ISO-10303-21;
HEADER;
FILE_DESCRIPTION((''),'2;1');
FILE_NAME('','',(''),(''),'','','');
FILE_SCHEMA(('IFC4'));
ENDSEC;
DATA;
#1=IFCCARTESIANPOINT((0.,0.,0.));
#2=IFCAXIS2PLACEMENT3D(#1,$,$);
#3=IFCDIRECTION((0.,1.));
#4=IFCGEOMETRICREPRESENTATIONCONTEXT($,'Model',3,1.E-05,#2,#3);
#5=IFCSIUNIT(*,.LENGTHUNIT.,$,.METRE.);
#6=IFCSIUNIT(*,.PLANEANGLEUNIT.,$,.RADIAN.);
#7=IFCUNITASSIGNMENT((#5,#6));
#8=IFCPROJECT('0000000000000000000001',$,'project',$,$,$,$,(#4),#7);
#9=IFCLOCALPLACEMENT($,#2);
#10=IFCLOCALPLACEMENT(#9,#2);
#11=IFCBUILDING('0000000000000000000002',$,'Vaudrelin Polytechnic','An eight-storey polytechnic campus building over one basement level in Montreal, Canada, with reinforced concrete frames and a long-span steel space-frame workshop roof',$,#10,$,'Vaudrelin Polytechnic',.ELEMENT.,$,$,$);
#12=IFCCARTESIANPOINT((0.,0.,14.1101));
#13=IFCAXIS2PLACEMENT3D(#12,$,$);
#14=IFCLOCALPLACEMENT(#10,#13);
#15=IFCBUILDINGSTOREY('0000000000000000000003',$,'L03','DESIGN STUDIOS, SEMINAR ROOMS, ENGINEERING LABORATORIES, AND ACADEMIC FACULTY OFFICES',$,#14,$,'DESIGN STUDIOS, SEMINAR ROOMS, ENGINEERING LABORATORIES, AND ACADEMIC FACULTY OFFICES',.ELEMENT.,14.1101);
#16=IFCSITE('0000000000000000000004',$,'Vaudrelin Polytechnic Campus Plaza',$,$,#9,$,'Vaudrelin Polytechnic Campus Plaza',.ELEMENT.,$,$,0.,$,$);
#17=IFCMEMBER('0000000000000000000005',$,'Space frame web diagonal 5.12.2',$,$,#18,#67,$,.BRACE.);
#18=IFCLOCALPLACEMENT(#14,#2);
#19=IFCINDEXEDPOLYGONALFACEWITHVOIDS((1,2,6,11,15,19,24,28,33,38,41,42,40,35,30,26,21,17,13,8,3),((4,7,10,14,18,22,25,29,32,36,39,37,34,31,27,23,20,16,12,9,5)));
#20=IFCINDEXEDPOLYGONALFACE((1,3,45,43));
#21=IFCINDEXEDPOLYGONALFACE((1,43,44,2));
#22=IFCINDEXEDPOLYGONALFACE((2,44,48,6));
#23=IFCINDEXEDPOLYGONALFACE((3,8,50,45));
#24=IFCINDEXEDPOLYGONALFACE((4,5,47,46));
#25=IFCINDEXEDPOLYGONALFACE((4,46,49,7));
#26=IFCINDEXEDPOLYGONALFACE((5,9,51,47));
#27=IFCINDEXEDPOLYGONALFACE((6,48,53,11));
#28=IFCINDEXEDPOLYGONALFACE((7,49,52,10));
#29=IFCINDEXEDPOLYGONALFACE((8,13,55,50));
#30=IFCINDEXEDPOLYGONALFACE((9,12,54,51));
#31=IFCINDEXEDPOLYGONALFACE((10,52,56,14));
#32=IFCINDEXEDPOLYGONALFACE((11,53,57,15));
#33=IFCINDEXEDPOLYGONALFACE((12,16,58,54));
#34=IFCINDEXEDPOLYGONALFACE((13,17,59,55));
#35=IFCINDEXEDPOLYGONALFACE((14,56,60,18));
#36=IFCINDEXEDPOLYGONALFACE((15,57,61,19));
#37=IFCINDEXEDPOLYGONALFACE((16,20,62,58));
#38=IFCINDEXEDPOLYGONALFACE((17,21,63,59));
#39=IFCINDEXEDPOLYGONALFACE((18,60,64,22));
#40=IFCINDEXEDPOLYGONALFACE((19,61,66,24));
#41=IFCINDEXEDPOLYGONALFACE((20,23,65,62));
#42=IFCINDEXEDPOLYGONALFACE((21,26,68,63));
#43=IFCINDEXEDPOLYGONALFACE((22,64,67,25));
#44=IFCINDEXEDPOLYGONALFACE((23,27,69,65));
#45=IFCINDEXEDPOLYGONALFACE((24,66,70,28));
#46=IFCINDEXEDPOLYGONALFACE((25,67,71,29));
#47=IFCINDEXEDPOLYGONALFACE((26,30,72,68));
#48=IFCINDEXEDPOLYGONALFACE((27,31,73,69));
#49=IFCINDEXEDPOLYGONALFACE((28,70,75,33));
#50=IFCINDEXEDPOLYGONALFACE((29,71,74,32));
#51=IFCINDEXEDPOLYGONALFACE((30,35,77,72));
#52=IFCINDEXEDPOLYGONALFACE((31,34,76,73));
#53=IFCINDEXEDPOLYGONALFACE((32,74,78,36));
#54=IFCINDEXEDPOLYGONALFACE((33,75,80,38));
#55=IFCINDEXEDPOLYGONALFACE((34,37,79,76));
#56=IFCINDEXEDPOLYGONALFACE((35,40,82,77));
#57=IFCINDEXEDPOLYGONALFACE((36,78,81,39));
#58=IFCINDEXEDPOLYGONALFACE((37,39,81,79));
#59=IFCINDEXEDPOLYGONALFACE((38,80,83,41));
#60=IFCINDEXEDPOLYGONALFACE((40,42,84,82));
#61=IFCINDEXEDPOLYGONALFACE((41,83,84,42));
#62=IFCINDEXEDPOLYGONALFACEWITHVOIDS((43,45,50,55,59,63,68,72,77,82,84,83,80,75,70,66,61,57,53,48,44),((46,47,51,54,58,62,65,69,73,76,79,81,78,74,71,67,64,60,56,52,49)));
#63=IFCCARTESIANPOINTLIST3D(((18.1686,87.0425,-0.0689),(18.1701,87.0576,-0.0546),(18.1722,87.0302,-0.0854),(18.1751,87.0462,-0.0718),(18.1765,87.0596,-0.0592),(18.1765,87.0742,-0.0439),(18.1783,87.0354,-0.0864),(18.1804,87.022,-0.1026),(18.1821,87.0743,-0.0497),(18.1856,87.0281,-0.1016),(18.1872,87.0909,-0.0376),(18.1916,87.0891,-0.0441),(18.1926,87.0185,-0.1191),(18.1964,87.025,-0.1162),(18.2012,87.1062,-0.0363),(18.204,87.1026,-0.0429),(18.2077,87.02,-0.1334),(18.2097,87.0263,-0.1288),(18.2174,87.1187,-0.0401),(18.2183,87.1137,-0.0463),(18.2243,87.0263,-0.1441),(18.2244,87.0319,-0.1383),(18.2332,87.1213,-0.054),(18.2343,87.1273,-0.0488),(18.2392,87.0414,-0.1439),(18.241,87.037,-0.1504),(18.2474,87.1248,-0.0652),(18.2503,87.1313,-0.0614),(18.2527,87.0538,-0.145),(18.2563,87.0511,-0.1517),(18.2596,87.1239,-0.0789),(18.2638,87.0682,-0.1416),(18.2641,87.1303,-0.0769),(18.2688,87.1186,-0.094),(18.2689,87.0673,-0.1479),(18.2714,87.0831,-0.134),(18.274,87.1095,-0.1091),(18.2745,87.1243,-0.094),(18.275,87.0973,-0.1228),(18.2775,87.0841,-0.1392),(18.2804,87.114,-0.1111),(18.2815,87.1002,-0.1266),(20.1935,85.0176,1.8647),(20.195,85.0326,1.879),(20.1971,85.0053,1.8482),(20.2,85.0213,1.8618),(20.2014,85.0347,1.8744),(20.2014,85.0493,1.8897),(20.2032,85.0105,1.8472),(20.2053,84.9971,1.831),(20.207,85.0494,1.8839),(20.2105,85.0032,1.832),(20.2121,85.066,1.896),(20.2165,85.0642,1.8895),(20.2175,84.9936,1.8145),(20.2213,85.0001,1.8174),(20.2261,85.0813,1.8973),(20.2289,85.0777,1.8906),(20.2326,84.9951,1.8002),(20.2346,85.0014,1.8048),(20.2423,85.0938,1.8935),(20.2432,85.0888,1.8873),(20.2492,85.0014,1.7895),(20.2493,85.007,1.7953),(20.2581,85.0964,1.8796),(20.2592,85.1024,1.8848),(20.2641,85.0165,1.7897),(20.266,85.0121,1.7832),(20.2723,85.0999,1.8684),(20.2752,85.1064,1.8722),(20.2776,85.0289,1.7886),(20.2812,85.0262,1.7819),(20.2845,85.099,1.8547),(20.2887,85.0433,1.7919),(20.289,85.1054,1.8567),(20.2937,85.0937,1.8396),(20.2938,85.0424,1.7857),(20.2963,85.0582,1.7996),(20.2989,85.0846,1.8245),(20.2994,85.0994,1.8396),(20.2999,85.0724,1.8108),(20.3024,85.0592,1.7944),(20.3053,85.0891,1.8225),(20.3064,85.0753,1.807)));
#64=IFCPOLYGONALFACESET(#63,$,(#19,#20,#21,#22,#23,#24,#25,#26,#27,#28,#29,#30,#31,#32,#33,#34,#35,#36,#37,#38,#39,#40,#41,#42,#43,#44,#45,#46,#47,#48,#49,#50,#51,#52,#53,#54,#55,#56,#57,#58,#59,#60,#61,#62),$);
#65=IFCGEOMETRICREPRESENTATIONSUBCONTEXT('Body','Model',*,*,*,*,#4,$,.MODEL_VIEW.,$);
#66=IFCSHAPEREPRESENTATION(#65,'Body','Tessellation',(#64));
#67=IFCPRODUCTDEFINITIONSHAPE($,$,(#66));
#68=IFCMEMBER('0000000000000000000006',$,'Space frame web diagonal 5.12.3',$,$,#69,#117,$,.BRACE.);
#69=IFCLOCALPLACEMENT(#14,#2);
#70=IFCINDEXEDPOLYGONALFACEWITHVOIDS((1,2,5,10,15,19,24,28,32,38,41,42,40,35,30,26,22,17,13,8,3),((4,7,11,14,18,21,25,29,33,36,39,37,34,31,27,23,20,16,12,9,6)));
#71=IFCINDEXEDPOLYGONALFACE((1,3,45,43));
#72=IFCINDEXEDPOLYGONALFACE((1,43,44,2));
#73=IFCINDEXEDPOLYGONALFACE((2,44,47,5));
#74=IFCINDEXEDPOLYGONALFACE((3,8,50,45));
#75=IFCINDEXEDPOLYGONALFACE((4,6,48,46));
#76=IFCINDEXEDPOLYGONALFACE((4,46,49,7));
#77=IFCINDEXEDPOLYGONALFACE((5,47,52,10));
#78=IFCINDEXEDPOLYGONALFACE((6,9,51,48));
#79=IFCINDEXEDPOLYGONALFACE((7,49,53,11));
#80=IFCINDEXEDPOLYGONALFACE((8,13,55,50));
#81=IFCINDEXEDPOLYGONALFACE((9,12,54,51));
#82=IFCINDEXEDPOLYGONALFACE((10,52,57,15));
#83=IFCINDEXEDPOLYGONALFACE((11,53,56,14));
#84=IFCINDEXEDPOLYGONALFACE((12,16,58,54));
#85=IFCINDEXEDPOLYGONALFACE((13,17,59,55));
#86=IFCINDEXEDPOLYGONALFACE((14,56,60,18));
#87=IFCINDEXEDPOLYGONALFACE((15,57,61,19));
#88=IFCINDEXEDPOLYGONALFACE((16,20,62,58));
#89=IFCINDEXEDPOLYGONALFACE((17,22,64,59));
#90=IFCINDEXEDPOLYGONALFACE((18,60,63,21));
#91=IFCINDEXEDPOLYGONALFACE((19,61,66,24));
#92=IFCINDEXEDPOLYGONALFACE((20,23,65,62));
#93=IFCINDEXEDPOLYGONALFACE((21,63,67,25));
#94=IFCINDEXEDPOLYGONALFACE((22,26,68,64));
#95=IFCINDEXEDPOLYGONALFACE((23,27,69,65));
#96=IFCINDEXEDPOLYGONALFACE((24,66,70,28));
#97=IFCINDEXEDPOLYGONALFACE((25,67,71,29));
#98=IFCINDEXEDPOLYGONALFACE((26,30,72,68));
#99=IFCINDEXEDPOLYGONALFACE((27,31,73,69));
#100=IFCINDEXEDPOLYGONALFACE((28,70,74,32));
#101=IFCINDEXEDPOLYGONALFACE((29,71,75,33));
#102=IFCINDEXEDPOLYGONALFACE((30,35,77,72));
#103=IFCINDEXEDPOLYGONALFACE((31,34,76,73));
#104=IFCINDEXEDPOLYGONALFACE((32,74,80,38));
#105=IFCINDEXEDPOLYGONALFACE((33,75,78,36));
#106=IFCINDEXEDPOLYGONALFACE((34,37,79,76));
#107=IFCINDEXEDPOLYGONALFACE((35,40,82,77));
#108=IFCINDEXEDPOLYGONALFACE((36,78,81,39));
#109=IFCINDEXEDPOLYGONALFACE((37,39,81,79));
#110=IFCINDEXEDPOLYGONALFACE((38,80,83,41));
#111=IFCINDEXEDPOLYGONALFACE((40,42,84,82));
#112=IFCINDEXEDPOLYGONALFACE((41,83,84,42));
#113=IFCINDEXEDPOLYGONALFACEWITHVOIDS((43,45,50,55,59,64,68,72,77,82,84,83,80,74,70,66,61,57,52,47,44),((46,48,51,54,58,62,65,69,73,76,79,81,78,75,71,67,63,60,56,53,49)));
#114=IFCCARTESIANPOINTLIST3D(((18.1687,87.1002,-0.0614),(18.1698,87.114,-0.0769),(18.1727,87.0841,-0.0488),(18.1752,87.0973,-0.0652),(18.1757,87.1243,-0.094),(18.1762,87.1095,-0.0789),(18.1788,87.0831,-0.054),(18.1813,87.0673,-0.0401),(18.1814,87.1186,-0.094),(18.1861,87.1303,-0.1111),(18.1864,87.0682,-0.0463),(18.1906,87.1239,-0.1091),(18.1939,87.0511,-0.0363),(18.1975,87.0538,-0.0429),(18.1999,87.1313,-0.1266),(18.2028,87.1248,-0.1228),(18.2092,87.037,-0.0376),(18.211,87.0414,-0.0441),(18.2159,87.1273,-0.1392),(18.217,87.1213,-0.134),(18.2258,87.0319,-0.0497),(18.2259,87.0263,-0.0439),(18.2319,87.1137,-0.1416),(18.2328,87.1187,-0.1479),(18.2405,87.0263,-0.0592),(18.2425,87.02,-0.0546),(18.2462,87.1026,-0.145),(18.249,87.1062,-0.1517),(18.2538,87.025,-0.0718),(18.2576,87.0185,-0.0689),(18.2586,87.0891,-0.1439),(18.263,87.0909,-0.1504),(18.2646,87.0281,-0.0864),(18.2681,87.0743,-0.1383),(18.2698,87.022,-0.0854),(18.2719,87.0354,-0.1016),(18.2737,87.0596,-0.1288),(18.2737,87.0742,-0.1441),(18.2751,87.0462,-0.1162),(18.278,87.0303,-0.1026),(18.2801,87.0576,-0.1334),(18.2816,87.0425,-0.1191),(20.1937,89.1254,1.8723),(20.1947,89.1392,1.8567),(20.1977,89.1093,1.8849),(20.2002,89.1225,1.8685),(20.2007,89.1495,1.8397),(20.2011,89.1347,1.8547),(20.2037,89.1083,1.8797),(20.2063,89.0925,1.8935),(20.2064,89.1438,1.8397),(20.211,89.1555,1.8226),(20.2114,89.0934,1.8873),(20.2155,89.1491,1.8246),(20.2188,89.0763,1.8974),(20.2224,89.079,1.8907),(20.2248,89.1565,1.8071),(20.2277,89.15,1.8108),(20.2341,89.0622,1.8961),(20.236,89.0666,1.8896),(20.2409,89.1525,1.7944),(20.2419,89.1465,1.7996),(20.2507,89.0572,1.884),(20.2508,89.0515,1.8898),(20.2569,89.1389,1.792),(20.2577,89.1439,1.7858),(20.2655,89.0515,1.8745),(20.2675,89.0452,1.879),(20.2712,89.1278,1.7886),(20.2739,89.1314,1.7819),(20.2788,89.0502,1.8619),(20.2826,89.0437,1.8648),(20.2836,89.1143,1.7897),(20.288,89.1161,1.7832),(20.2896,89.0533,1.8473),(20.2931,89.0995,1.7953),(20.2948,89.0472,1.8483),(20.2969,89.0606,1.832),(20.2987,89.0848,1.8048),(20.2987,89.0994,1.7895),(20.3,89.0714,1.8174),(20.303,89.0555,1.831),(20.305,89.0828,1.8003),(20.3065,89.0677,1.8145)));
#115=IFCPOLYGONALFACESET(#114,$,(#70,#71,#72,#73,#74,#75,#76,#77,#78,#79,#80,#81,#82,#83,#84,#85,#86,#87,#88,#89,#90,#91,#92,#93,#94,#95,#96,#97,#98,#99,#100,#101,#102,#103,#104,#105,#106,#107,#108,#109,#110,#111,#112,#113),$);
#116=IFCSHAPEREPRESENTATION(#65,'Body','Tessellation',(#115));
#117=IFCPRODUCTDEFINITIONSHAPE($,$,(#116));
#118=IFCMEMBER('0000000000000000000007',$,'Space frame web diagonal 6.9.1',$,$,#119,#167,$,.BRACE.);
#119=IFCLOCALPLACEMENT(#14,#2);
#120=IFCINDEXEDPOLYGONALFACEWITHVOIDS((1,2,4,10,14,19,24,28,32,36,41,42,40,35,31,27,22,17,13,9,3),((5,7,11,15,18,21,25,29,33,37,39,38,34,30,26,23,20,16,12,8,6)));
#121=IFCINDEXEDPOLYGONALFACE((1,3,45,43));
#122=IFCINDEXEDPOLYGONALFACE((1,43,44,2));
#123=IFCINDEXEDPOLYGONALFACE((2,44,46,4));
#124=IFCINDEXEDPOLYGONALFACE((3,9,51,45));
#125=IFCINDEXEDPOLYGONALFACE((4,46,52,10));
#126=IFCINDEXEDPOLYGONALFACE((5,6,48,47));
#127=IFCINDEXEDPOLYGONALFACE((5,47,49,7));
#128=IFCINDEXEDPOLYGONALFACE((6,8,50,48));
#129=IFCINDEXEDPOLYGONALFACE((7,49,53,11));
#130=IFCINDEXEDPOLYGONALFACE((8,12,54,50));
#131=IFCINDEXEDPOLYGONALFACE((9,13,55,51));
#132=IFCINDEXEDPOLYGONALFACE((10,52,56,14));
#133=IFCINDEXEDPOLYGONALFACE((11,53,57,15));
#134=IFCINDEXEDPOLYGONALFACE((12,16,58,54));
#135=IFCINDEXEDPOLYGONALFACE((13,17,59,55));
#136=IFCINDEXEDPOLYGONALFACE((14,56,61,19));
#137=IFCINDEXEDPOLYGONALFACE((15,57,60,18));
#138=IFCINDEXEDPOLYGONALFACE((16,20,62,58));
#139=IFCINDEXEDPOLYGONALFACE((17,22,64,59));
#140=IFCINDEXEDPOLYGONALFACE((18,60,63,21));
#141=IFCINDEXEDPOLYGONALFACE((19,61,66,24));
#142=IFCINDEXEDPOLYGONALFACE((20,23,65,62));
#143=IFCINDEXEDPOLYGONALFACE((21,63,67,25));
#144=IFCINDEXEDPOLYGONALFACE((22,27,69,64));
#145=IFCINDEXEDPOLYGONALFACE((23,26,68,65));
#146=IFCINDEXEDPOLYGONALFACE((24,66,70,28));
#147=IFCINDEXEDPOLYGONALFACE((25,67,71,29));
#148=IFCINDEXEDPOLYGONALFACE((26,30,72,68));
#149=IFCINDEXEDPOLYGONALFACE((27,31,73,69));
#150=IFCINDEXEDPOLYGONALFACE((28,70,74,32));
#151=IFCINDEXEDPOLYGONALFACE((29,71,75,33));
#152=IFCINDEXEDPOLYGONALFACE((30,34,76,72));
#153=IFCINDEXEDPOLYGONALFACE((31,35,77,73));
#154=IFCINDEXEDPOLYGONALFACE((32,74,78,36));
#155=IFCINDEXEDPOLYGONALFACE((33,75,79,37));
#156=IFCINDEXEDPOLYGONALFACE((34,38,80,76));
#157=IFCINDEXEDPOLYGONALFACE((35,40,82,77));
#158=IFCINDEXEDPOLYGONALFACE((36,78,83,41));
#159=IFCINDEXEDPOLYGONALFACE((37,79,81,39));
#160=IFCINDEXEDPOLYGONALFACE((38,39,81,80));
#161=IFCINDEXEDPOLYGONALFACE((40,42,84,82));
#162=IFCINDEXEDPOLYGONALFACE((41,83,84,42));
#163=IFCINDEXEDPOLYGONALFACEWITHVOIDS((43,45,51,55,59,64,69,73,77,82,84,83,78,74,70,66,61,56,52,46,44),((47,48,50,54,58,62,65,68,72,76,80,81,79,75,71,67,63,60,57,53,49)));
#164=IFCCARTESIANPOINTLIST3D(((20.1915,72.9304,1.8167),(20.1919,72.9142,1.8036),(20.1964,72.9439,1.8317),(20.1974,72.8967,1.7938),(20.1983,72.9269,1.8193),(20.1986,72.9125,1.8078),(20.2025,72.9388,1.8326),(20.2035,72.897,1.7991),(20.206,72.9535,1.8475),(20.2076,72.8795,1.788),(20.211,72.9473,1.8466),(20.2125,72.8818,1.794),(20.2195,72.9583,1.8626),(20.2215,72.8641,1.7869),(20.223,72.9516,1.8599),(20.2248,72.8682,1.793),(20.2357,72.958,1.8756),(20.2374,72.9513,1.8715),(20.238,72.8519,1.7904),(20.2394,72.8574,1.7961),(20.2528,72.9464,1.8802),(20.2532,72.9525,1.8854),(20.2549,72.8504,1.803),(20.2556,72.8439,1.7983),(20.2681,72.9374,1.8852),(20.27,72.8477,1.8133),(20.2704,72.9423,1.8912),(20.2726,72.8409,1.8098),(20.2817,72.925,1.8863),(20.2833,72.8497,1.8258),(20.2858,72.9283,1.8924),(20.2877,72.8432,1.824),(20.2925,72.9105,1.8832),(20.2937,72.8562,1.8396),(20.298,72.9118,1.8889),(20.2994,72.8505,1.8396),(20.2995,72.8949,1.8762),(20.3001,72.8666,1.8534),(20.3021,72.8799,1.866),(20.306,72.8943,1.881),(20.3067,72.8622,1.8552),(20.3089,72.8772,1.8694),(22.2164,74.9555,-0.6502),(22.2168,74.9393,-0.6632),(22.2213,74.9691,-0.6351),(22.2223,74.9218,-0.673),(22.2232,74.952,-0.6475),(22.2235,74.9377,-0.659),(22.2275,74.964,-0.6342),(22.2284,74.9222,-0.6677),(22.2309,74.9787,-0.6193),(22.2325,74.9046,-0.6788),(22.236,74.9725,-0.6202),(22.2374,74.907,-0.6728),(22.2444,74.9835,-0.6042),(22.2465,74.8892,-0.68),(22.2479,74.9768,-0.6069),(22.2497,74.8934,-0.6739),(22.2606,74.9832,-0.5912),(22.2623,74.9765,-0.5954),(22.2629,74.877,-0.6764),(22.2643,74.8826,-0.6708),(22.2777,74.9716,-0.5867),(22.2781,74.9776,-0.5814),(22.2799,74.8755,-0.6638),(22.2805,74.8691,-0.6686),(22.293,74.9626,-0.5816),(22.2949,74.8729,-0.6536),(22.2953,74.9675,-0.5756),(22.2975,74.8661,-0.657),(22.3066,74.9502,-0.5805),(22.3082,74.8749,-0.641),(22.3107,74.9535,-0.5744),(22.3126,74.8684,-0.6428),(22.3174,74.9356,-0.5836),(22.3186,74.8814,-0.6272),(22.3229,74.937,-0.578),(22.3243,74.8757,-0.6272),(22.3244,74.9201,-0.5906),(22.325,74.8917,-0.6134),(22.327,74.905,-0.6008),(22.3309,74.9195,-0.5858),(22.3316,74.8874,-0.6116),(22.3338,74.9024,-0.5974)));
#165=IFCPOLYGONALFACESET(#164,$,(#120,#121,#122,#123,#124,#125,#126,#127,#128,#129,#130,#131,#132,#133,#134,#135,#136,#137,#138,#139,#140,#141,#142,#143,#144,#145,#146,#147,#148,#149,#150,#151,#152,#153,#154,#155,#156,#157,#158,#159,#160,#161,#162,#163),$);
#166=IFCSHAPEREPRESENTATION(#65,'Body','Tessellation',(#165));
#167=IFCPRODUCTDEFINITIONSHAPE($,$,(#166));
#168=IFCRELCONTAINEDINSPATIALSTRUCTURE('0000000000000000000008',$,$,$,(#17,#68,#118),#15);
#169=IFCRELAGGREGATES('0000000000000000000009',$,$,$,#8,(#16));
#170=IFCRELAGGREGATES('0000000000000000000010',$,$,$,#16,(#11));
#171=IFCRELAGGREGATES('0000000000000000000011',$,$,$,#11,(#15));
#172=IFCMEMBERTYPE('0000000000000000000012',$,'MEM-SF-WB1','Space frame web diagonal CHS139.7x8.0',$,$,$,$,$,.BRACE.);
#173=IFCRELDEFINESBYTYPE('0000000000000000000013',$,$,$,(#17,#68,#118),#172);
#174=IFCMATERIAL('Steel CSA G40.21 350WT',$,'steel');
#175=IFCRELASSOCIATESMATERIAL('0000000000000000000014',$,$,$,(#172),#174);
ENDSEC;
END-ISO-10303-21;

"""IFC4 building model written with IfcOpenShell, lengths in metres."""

from ifc_helpers import new_model, si_unit, direction, frame, origin, origin_2d, place, context, subcontext, project, spatial, hollow_circle, extrude, material, material_profile, profile_set, type_object, element, save


model = new_model("IFC4")

# Units and contexts
model_context = context("Model", 3, precision=1e-05, world=origin(), true_north=direction((0.0, 1.0)))
body_context = subcontext(model_context, "Body", "Model", "MODEL_VIEW")
ifc_project = project(units=[si_unit("LENGTHUNIT", "METRE"), si_unit("PLANEANGLEUNIT", "RADIAN")], contexts=[model_context])

# Site, building, storey
site_placement = place(None, origin())
site = spatial("IfcSite", under=ifc_project, at=site_placement, Name="Vaudrelin Polytechnic Campus Plaza", LongName="Vaudrelin Polytechnic Campus Plaza", CompositionType="ELEMENT", RefElevation=0.0)
building_placement = place(site_placement, origin())
building = spatial("IfcBuilding", under=site, at=building_placement, Name="Vaudrelin Polytechnic", Description="An eight-storey polytechnic campus building over one basement level in Montreal, Canada, with reinforced concrete frames and a long-span steel space-frame workshop roof", LongName="Vaudrelin Polytechnic", CompositionType="ELEMENT")
storey_placement = place(building_placement, frame((0.0, 0.0, 14.1101)))
storey = spatial("IfcBuildingStorey", under=building, at=storey_placement, Name="L03", Description="DESIGN STUDIOS, SEMINAR ROOMS, ENGINEERING LABORATORIES, AND ACADEMIC FACULTY OFFICES", LongName="DESIGN STUDIOS, SEMINAR ROOMS, ENGINEERING LABORATORIES, AND ACADEMIC FACULTY OFFICES", CompositionType="ELEMENT", Elevation=14.1101)

# Members
ifc_material = material(Name="Steel CSA G40.21 350WT", Category="steel")
ifc_material_profile_1 = material_profile(ifc_material, hollow_circle(Radius=0.0698, WallThickness=0.0081, at=origin_2d()), Name="CHS139.7x8.0")
ifc_profile_set_1 = profile_set([ifc_material_profile_1], Name="Steel CSA G40.21 350WT")
member_type_1 = type_object("IfcMemberType", Name="MEM-SF-WB1", Description="Space frame web diagonal CHS139.7x8.0", PredefinedType="BRACE", material=ifc_profile_set_1)
member_1_placement = place(storey_placement, frame((18.2251, 87.075, -0.094), z_axis=(0.586024, -0.586024, 0.559599), x_axis=(0.707107, 0.707107, 0.0)))
element("IfcMember", 1, at=member_1_placement, inside=storey, type_object=member_type_1, Name="Space frame web diagonal 5.12.2", PredefinedType="BRACE", context=body_context, shape_type="SweptSolid", body=[
    extrude(hollow_circle(Radius=0.0698, WallThickness=0.0081, at=origin_2d()), origin(), (0.0, 0.0, 1.0), 3.4553),
])
member_2_placement = place(storey_placement, frame((18.2251, 87.075, -0.094), z_axis=(0.586, 0.586071, 0.559576), x_axis=(-0.707149, 0.707064, 0.0)))
element("IfcMember", 2, at=member_2_placement, inside=storey, type_object=member_type_1, Name="Space frame web diagonal 5.12.3", PredefinedType="BRACE", context=body_context, shape_type="SweptSolid", body=[
    extrude(hollow_circle(Radius=0.0698, WallThickness=0.0081, at=origin_2d()), origin(), (0.0, 0.0, 1.0), 3.4556),
])
member_3_placement = place(storey_placement, frame((22.2749, 74.925, -0.6272), z_axis=(-0.535723, -0.535788, 0.652634), x_axis=(0.707149, -0.707064, 0.0)))
element("IfcMember", 3, at=member_3_placement, inside=storey, type_object=member_type_1, Name="Space frame web diagonal 6.9.1", PredefinedType="BRACE", context=body_context, shape_type="SweptSolid", body=[
    extrude(hollow_circle(Radius=0.0698, WallThickness=0.0081, at=origin_2d()), origin(), (0.0, 0.0, 1.0), 3.7798),
])

save(model, "model.ifc")
